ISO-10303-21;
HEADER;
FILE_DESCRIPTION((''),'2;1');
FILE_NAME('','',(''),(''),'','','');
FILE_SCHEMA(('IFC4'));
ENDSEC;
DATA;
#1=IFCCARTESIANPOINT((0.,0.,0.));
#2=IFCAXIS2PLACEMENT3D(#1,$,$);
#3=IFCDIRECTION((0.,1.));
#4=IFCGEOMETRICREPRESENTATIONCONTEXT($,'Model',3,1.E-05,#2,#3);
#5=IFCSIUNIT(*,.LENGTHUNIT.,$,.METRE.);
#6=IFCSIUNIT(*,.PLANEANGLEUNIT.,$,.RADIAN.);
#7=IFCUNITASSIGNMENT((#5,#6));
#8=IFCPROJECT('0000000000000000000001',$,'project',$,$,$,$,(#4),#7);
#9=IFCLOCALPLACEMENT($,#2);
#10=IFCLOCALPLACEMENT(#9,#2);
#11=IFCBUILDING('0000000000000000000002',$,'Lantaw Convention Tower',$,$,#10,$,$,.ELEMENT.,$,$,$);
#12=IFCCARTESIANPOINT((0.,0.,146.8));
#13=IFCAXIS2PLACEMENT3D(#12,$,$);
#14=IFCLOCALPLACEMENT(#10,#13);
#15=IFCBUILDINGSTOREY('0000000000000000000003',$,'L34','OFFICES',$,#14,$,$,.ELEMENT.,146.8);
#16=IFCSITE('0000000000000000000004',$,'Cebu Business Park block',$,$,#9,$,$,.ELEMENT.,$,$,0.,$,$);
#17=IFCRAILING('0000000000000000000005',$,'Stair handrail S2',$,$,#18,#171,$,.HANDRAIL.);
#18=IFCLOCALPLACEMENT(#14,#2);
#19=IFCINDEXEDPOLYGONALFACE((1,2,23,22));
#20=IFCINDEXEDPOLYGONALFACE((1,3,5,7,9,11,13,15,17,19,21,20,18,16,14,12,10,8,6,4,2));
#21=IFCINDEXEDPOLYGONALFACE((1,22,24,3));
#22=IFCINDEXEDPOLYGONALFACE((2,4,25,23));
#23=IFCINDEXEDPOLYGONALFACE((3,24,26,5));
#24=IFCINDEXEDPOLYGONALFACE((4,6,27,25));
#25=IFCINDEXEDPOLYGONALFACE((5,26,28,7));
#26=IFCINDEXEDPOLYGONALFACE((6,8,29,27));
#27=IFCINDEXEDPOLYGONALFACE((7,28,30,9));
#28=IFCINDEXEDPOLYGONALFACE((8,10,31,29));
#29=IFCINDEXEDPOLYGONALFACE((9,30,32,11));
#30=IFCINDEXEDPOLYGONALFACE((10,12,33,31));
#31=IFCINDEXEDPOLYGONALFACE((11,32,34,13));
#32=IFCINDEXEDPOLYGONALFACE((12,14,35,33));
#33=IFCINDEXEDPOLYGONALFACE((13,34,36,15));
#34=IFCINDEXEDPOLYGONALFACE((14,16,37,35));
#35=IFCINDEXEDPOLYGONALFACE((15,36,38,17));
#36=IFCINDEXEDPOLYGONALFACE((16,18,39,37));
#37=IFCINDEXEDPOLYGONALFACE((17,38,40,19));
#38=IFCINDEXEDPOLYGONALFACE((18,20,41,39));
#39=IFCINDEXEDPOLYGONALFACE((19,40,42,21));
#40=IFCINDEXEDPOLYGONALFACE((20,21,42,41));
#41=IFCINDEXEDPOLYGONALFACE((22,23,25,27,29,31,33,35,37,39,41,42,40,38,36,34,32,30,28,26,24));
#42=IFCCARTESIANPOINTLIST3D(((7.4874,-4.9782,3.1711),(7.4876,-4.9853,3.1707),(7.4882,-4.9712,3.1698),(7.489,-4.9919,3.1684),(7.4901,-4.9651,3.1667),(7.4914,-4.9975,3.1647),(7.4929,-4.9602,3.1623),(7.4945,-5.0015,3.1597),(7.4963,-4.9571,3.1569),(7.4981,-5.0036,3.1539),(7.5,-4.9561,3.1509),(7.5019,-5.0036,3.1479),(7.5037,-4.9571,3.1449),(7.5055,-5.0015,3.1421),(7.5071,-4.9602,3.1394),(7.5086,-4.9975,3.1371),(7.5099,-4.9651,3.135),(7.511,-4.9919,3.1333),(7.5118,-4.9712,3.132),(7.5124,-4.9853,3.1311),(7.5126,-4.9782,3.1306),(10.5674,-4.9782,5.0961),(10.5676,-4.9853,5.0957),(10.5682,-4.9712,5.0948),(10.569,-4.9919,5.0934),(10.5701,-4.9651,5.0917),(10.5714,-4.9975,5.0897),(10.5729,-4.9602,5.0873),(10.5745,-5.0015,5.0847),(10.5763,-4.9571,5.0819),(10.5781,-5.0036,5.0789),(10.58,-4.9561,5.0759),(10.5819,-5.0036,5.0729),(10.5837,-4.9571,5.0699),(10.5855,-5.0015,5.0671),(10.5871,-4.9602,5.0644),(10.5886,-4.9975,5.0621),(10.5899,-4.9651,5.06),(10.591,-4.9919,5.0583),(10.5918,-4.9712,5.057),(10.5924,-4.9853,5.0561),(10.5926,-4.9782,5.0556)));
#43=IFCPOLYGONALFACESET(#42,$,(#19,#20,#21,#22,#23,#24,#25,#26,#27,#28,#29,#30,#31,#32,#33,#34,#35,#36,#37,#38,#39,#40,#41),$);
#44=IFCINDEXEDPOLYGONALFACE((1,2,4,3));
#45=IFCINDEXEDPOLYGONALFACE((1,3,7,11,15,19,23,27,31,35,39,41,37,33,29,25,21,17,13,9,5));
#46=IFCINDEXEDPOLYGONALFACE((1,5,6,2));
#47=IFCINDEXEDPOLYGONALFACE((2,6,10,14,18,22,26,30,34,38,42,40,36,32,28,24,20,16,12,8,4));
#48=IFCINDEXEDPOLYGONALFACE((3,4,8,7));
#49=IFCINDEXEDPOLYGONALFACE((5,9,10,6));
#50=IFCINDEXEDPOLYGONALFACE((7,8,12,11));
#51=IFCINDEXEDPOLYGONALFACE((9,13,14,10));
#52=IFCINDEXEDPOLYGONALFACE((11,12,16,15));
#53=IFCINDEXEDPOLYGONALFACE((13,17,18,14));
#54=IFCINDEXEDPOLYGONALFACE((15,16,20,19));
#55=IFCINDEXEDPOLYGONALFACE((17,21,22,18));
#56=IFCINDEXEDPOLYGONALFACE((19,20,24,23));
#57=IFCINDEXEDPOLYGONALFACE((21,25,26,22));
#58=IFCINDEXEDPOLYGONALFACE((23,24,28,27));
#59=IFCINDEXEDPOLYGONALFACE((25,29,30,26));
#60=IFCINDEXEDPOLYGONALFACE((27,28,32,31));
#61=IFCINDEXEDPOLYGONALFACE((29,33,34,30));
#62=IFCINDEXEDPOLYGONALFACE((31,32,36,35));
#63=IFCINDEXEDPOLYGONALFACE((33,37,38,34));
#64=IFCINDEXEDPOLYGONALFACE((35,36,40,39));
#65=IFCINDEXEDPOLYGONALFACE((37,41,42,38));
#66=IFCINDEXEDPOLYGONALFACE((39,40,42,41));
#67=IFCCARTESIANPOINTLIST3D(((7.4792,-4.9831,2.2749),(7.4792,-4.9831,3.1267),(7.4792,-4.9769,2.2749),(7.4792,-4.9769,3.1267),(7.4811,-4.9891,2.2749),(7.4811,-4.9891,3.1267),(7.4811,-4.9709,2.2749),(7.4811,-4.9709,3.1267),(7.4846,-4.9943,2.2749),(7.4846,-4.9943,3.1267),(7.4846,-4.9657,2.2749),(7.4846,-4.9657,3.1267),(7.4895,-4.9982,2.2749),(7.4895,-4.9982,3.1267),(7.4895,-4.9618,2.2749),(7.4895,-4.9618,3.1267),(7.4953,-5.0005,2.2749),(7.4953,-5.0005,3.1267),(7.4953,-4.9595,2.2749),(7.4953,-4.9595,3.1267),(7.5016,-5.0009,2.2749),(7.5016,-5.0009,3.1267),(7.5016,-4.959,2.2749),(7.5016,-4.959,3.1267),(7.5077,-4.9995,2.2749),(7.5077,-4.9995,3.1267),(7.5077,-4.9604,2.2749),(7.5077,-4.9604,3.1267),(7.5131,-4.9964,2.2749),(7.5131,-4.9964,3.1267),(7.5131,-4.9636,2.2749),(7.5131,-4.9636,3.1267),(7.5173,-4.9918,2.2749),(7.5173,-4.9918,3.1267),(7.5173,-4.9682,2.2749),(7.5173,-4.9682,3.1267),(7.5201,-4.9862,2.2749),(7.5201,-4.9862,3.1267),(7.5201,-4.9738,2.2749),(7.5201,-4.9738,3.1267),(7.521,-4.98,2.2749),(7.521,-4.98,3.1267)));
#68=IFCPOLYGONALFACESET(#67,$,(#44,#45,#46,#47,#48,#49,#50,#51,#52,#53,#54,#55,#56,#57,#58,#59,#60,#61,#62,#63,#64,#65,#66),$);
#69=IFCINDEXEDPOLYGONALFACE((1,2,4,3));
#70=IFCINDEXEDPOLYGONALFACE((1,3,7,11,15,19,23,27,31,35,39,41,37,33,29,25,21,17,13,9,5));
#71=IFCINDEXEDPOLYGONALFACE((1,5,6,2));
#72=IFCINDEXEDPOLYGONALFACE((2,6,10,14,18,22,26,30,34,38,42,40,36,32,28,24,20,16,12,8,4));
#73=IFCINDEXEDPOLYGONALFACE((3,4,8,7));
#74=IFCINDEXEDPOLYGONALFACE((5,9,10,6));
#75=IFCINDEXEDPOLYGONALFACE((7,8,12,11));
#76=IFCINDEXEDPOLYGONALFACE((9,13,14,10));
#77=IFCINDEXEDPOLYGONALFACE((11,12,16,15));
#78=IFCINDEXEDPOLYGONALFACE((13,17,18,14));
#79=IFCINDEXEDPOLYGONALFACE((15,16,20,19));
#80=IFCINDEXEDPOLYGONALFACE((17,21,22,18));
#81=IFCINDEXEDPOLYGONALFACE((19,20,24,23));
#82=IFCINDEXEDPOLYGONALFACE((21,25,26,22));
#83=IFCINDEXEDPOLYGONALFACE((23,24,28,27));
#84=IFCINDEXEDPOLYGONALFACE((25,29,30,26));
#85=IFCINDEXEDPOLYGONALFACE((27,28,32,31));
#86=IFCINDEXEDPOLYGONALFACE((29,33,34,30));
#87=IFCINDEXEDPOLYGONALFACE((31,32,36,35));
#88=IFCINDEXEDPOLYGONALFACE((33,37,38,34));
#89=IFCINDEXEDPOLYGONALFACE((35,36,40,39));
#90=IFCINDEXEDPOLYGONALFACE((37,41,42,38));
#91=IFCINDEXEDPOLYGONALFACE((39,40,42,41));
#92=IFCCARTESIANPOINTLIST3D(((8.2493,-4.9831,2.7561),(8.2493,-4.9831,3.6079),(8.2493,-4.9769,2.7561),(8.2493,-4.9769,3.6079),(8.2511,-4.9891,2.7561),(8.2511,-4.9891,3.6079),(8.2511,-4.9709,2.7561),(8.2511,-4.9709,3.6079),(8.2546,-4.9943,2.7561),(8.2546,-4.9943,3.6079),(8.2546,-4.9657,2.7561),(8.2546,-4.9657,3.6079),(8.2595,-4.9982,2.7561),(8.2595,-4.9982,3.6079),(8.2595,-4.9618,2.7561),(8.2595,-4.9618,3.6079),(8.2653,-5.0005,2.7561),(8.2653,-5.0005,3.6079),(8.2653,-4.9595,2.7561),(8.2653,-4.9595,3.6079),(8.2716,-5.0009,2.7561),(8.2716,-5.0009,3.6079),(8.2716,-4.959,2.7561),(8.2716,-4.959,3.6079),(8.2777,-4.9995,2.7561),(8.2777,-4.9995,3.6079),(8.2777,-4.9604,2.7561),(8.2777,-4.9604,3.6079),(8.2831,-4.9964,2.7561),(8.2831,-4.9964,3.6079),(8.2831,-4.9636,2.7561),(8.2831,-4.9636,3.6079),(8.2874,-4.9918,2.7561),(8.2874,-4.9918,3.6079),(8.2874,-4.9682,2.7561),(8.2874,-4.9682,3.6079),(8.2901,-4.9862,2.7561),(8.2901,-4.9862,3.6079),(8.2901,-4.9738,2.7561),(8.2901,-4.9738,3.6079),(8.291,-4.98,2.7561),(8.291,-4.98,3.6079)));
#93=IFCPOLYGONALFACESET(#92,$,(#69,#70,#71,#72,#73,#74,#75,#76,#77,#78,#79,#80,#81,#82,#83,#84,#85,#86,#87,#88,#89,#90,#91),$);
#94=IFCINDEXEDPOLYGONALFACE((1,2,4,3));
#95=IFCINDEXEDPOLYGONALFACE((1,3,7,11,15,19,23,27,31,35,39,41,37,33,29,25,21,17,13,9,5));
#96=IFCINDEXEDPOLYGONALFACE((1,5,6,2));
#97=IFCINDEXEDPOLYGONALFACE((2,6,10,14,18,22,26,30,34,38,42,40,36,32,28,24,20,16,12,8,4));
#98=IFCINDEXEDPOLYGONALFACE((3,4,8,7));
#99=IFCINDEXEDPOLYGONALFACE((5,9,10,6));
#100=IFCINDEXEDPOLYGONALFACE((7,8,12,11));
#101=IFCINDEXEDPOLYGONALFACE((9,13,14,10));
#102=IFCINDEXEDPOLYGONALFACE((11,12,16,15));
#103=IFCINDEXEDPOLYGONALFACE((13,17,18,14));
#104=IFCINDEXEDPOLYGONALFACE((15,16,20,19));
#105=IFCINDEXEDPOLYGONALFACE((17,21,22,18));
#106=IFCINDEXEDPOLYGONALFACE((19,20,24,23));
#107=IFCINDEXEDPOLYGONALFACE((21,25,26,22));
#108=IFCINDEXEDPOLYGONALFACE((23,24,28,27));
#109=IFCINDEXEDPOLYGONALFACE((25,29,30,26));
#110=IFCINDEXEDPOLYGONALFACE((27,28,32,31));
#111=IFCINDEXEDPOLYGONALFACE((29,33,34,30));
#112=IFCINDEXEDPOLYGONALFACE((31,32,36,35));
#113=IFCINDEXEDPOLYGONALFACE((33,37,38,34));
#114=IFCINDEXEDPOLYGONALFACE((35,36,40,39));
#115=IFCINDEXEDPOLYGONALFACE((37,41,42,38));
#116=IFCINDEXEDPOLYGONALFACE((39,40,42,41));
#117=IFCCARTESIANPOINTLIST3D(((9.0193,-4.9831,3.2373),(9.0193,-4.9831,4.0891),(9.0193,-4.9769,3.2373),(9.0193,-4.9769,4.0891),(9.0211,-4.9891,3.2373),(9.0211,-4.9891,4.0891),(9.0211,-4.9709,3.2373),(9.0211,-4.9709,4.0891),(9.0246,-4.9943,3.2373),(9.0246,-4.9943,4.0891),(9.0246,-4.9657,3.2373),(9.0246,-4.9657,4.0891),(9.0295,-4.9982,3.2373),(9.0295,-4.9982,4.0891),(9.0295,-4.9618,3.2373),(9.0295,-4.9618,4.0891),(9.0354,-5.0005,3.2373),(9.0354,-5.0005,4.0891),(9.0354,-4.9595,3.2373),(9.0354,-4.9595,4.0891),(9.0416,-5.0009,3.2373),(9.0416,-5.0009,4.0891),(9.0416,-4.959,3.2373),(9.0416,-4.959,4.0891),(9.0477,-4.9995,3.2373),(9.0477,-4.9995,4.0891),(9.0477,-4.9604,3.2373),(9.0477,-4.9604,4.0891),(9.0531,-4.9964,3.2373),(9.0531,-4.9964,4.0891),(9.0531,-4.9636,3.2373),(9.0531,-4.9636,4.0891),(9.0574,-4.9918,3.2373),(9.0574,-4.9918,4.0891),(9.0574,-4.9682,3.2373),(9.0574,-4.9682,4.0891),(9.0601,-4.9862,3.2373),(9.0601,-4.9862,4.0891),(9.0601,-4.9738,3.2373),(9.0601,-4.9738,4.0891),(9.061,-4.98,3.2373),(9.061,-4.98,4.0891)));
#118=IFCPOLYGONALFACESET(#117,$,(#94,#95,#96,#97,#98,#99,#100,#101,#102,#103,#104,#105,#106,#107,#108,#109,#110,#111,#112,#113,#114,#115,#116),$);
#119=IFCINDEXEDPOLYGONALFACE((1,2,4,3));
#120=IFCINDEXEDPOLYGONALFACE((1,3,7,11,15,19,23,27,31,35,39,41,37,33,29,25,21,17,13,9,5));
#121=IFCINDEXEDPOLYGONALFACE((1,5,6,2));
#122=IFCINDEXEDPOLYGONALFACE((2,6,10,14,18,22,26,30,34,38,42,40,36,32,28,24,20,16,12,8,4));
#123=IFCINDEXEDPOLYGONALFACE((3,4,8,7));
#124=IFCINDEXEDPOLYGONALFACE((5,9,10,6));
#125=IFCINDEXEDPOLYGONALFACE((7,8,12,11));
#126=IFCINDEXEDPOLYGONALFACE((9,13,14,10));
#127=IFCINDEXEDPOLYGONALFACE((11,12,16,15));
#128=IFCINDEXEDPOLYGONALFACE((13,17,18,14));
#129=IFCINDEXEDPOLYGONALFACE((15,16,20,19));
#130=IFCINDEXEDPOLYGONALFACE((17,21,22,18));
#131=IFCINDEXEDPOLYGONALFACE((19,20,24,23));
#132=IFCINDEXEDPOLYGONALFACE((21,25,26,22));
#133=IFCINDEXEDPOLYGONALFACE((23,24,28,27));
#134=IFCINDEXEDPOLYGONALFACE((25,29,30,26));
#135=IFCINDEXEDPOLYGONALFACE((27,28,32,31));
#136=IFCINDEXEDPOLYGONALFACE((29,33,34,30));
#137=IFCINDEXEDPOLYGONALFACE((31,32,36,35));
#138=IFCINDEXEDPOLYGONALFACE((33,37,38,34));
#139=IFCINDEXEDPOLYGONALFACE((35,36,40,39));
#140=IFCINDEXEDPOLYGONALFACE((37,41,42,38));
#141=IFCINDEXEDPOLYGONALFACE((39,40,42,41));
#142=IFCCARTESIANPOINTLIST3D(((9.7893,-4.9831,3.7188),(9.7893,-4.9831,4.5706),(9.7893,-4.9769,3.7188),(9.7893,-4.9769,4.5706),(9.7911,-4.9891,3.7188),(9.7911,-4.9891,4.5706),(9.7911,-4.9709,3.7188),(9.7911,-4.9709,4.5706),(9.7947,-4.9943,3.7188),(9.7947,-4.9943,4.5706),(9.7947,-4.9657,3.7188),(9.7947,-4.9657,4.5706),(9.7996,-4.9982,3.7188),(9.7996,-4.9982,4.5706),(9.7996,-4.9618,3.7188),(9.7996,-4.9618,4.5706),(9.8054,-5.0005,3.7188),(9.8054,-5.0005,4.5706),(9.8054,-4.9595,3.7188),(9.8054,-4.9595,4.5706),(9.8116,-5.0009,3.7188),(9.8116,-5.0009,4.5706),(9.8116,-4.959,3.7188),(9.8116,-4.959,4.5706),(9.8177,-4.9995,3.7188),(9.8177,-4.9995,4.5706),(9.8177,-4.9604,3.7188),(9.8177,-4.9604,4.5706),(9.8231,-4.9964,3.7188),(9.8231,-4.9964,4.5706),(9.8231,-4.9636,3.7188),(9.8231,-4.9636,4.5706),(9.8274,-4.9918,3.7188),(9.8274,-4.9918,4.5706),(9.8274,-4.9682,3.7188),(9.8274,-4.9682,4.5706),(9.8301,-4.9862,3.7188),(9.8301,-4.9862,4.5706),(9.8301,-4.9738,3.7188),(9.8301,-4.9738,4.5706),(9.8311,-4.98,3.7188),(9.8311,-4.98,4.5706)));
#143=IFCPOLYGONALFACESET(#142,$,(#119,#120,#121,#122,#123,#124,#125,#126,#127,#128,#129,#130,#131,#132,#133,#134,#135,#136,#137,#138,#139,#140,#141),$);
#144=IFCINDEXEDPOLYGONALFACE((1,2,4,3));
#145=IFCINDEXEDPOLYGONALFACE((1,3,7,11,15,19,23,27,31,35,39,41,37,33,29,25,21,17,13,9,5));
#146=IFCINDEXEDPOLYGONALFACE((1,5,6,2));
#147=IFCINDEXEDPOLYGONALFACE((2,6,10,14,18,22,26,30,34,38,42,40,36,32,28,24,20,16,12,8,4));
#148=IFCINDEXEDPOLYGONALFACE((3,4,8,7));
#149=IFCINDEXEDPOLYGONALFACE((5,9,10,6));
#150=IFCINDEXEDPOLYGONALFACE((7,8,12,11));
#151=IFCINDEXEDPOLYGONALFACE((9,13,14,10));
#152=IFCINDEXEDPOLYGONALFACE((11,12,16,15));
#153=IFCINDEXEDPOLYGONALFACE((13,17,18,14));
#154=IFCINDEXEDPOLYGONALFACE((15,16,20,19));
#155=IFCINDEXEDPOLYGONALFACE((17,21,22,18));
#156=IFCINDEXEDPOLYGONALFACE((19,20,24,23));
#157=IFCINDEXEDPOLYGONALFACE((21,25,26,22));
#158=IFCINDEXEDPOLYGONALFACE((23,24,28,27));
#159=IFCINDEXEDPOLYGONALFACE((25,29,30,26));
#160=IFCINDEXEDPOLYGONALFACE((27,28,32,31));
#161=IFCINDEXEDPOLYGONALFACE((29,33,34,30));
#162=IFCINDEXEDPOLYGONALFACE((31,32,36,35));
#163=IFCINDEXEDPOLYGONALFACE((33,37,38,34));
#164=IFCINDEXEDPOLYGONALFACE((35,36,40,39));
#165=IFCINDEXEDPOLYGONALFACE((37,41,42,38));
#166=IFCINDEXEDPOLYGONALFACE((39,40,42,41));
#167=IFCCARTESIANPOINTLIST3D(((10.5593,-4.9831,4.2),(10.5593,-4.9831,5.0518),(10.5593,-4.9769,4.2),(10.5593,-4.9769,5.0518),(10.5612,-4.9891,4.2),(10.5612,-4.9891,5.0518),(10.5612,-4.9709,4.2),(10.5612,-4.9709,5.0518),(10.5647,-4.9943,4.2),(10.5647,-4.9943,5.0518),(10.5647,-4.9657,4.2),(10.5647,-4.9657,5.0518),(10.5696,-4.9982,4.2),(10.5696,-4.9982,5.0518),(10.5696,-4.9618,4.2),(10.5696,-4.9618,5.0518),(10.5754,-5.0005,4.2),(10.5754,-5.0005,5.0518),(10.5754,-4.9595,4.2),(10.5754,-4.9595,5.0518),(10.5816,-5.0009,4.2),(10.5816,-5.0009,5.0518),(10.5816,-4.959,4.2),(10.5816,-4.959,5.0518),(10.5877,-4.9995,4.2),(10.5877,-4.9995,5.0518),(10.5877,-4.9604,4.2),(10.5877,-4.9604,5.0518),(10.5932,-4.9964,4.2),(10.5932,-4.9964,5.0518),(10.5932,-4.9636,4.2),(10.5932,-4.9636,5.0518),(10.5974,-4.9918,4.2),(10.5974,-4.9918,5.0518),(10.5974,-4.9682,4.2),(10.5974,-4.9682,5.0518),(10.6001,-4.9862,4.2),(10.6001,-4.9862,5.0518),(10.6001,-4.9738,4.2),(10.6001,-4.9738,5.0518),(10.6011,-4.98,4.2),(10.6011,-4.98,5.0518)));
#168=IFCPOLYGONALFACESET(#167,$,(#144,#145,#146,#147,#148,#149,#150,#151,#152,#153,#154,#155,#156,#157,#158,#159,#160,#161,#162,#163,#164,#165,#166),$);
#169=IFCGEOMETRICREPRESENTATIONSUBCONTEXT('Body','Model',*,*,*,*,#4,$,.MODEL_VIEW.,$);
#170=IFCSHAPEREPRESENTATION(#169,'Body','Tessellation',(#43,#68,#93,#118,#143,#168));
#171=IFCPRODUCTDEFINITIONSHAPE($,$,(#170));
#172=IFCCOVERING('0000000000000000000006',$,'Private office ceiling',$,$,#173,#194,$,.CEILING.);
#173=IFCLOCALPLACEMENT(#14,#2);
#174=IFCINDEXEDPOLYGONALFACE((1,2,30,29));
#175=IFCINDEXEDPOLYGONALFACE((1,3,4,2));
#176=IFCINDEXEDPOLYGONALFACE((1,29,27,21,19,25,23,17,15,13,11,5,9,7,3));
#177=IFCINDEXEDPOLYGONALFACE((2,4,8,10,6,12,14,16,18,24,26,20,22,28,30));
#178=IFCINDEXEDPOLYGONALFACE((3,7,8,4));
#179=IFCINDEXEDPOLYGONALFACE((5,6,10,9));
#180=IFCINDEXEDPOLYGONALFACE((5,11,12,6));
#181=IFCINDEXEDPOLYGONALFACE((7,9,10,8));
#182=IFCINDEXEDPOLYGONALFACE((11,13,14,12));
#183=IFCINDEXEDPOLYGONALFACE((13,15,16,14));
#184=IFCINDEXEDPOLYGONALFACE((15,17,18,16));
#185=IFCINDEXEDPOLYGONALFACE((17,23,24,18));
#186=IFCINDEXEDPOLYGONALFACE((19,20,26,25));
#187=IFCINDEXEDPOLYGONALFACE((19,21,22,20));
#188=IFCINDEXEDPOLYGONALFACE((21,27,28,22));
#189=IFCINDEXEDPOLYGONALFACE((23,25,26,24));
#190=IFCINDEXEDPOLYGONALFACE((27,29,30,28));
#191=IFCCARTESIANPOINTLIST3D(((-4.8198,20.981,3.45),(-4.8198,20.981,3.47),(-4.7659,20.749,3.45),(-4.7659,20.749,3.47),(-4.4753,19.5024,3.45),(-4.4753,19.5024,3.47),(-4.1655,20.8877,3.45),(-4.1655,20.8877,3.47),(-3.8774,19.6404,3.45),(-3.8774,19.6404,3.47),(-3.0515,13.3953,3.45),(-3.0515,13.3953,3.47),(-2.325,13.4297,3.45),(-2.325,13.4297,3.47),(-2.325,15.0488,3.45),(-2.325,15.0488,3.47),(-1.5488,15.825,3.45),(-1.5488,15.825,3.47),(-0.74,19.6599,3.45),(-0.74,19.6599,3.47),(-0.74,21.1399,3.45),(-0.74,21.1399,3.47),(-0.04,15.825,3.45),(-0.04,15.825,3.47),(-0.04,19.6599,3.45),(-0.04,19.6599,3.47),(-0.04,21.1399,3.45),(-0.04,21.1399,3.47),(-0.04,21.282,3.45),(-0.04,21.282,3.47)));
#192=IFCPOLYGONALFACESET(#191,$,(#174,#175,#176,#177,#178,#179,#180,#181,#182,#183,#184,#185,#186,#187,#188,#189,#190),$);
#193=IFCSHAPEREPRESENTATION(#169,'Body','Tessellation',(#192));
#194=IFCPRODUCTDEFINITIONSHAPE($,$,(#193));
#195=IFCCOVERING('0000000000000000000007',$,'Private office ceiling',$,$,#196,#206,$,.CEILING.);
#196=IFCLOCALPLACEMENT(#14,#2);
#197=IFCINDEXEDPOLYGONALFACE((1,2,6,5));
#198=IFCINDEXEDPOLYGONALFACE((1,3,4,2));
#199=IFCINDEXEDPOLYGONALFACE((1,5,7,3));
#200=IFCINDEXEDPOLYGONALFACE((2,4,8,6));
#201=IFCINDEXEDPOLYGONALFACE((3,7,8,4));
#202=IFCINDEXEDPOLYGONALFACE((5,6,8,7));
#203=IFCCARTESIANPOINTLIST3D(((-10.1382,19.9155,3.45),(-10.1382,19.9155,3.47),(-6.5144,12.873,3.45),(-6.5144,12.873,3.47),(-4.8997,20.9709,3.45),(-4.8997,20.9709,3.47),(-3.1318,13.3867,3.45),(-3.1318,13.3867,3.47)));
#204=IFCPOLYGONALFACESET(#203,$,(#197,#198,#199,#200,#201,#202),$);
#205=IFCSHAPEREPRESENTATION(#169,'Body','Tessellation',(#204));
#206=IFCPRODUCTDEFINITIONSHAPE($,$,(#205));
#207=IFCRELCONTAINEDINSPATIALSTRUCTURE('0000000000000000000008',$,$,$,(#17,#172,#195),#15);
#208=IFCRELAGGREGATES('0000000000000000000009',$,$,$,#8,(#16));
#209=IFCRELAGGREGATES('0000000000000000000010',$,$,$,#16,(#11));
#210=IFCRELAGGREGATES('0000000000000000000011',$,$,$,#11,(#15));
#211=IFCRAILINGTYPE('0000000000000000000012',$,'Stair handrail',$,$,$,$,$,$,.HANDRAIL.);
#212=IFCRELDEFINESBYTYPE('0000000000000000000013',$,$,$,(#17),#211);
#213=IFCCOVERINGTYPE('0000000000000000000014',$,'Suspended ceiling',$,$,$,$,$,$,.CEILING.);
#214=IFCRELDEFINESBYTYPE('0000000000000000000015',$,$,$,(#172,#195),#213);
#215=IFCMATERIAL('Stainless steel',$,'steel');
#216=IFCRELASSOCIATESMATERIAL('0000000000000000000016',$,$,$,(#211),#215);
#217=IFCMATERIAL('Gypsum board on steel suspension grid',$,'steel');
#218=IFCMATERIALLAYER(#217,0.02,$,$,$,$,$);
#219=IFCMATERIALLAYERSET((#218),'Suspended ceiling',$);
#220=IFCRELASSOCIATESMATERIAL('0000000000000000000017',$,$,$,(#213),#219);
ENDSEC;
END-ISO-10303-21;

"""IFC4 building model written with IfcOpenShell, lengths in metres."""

from ifc_helpers import new_model, si_unit, direction, frame, origin, origin_2d, place, context, subcontext, project, spatial, polyline, circle, outline, extrude, material, layer, layer_set, type_object, element, save


model = new_model("IFC4")

# Units and contexts
model_context = context("Model", 3, precision=1e-05, world=origin(), true_north=direction((0.0, 1.0)))
body_context = subcontext(model_context, "Body", "Model", "MODEL_VIEW")
ifc_project = project(units=[si_unit("LENGTHUNIT", "METRE"), si_unit("PLANEANGLEUNIT", "RADIAN")], contexts=[model_context])

# Site, building, storey
site_placement = place(None, origin())
site = spatial("IfcSite", under=ifc_project, at=site_placement, Name="Cebu Business Park block", CompositionType="ELEMENT", RefElevation=0.0)
building_placement = place(site_placement, origin())
building = spatial("IfcBuilding", under=site, at=building_placement, Name="Lantaw Convention Tower", CompositionType="ELEMENT")
storey_placement = place(building_placement, frame((0.0, 0.0, 146.8)))
storey = spatial("IfcBuildingStorey", under=building, at=storey_placement, Name="L34", Description="OFFICES", CompositionType="ELEMENT", Elevation=146.8)

# Railing
ifc_material_1 = material(Name="Stainless steel", Category="steel")
railing_type = type_object("IfcRailingType", Name="Stair handrail", PredefinedType="HANDRAIL", material=ifc_material_1)
railing_1_placement = place(storey_placement, frame((7.5, -4.98, 2.2749)))
element("IfcRailing", 1, at=railing_1_placement, inside=storey, type_object=railing_type, Name="Stair handrail S2", PredefinedType="HANDRAIL", context=body_context, shape_type="SweptSolid", body=[
    extrude(circle(Radius=0.0239, at=origin_2d()), frame((0.0, 0.0, 0.876), z_axis=(0.847998, 0.0, 0.529999), x_axis=(0.0, 1.0, 0.0)), (0.0, 0.0, 1.0), 3.6321),
    extrude(circle(Radius=0.021, at=origin_2d()), origin(), (0.0, 0.0, 1.0), 0.8518),
    extrude(circle(Radius=0.021, at=origin_2d()), frame((0.77, 0.0, 0.4812)), (0.0, 0.0, 1.0), 0.8518),
    extrude(circle(Radius=0.021, at=origin_2d()), frame((1.54, 0.0, 0.9624)), (0.0, 0.0, 1.0), 0.8518),
    extrude(circle(Radius=0.021, at=origin_2d()), frame((2.3101, 0.0, 1.4438)), (0.0, 0.0, 1.0), 0.8518),
    extrude(circle(Radius=0.021, at=origin_2d()), frame((3.0801, 0.0, 1.925)), (0.0, 0.0, 1.0), 0.8518),
])

# Coverings
ifc_material_2 = material(Name="Gypsum board on steel suspension grid", Category="steel")
ifc_layer_1 = layer(ifc_material_2, 0.02)
ifc_layer_set_1 = layer_set([ifc_layer_1], Name="Suspended ceiling")
covering_type = type_object("IfcCoveringType", Name="Suspended ceiling", PredefinedType="CEILING", material=ifc_layer_set_1)
covering_1_placement = place(storey_placement, frame((0.0, 0.0, 3.45)))
element("IfcCovering", 2, at=covering_1_placement, inside=storey, type_object=covering_type, Name="Private office ceiling", PredefinedType="CEILING", context=body_context, shape_type="SweptSolid", body=[
    extrude(outline(polyline([(-4.4753, 19.5024), (-3.0515, 13.3953), (-2.325, 13.4297), (-2.325, 15.0488), (-1.5488, 15.825), (-0.04, 15.825), (-0.04, 19.6599), (-0.74, 19.6599), (-0.74, 21.1399), (-0.04, 21.1399), (-0.04, 21.282), (-4.8198, 20.981), (-4.7659, 20.749), (-4.1655, 20.8877), (-3.8774, 19.6404), (-4.4753, 19.5024)])), origin(), (0.0, 0.0, 1.0), 0.02),
])
covering_2_placement = place(storey_placement, frame((0.0, 0.0, 3.45)))
element("IfcCovering", 3, at=covering_2_placement, inside=storey, type_object=covering_type, Name="Private office ceiling", PredefinedType="CEILING", context=body_context, shape_type="SweptSolid", body=[
    extrude(outline(polyline([(-3.1318, 13.3867), (-4.8997, 20.9709), (-10.1382, 19.9155), (-6.5144, 12.873), (-3.1318, 13.3867)])), origin(), (0.0, 0.0, 1.0), 0.02),
])

save(model, "model.ifc")
